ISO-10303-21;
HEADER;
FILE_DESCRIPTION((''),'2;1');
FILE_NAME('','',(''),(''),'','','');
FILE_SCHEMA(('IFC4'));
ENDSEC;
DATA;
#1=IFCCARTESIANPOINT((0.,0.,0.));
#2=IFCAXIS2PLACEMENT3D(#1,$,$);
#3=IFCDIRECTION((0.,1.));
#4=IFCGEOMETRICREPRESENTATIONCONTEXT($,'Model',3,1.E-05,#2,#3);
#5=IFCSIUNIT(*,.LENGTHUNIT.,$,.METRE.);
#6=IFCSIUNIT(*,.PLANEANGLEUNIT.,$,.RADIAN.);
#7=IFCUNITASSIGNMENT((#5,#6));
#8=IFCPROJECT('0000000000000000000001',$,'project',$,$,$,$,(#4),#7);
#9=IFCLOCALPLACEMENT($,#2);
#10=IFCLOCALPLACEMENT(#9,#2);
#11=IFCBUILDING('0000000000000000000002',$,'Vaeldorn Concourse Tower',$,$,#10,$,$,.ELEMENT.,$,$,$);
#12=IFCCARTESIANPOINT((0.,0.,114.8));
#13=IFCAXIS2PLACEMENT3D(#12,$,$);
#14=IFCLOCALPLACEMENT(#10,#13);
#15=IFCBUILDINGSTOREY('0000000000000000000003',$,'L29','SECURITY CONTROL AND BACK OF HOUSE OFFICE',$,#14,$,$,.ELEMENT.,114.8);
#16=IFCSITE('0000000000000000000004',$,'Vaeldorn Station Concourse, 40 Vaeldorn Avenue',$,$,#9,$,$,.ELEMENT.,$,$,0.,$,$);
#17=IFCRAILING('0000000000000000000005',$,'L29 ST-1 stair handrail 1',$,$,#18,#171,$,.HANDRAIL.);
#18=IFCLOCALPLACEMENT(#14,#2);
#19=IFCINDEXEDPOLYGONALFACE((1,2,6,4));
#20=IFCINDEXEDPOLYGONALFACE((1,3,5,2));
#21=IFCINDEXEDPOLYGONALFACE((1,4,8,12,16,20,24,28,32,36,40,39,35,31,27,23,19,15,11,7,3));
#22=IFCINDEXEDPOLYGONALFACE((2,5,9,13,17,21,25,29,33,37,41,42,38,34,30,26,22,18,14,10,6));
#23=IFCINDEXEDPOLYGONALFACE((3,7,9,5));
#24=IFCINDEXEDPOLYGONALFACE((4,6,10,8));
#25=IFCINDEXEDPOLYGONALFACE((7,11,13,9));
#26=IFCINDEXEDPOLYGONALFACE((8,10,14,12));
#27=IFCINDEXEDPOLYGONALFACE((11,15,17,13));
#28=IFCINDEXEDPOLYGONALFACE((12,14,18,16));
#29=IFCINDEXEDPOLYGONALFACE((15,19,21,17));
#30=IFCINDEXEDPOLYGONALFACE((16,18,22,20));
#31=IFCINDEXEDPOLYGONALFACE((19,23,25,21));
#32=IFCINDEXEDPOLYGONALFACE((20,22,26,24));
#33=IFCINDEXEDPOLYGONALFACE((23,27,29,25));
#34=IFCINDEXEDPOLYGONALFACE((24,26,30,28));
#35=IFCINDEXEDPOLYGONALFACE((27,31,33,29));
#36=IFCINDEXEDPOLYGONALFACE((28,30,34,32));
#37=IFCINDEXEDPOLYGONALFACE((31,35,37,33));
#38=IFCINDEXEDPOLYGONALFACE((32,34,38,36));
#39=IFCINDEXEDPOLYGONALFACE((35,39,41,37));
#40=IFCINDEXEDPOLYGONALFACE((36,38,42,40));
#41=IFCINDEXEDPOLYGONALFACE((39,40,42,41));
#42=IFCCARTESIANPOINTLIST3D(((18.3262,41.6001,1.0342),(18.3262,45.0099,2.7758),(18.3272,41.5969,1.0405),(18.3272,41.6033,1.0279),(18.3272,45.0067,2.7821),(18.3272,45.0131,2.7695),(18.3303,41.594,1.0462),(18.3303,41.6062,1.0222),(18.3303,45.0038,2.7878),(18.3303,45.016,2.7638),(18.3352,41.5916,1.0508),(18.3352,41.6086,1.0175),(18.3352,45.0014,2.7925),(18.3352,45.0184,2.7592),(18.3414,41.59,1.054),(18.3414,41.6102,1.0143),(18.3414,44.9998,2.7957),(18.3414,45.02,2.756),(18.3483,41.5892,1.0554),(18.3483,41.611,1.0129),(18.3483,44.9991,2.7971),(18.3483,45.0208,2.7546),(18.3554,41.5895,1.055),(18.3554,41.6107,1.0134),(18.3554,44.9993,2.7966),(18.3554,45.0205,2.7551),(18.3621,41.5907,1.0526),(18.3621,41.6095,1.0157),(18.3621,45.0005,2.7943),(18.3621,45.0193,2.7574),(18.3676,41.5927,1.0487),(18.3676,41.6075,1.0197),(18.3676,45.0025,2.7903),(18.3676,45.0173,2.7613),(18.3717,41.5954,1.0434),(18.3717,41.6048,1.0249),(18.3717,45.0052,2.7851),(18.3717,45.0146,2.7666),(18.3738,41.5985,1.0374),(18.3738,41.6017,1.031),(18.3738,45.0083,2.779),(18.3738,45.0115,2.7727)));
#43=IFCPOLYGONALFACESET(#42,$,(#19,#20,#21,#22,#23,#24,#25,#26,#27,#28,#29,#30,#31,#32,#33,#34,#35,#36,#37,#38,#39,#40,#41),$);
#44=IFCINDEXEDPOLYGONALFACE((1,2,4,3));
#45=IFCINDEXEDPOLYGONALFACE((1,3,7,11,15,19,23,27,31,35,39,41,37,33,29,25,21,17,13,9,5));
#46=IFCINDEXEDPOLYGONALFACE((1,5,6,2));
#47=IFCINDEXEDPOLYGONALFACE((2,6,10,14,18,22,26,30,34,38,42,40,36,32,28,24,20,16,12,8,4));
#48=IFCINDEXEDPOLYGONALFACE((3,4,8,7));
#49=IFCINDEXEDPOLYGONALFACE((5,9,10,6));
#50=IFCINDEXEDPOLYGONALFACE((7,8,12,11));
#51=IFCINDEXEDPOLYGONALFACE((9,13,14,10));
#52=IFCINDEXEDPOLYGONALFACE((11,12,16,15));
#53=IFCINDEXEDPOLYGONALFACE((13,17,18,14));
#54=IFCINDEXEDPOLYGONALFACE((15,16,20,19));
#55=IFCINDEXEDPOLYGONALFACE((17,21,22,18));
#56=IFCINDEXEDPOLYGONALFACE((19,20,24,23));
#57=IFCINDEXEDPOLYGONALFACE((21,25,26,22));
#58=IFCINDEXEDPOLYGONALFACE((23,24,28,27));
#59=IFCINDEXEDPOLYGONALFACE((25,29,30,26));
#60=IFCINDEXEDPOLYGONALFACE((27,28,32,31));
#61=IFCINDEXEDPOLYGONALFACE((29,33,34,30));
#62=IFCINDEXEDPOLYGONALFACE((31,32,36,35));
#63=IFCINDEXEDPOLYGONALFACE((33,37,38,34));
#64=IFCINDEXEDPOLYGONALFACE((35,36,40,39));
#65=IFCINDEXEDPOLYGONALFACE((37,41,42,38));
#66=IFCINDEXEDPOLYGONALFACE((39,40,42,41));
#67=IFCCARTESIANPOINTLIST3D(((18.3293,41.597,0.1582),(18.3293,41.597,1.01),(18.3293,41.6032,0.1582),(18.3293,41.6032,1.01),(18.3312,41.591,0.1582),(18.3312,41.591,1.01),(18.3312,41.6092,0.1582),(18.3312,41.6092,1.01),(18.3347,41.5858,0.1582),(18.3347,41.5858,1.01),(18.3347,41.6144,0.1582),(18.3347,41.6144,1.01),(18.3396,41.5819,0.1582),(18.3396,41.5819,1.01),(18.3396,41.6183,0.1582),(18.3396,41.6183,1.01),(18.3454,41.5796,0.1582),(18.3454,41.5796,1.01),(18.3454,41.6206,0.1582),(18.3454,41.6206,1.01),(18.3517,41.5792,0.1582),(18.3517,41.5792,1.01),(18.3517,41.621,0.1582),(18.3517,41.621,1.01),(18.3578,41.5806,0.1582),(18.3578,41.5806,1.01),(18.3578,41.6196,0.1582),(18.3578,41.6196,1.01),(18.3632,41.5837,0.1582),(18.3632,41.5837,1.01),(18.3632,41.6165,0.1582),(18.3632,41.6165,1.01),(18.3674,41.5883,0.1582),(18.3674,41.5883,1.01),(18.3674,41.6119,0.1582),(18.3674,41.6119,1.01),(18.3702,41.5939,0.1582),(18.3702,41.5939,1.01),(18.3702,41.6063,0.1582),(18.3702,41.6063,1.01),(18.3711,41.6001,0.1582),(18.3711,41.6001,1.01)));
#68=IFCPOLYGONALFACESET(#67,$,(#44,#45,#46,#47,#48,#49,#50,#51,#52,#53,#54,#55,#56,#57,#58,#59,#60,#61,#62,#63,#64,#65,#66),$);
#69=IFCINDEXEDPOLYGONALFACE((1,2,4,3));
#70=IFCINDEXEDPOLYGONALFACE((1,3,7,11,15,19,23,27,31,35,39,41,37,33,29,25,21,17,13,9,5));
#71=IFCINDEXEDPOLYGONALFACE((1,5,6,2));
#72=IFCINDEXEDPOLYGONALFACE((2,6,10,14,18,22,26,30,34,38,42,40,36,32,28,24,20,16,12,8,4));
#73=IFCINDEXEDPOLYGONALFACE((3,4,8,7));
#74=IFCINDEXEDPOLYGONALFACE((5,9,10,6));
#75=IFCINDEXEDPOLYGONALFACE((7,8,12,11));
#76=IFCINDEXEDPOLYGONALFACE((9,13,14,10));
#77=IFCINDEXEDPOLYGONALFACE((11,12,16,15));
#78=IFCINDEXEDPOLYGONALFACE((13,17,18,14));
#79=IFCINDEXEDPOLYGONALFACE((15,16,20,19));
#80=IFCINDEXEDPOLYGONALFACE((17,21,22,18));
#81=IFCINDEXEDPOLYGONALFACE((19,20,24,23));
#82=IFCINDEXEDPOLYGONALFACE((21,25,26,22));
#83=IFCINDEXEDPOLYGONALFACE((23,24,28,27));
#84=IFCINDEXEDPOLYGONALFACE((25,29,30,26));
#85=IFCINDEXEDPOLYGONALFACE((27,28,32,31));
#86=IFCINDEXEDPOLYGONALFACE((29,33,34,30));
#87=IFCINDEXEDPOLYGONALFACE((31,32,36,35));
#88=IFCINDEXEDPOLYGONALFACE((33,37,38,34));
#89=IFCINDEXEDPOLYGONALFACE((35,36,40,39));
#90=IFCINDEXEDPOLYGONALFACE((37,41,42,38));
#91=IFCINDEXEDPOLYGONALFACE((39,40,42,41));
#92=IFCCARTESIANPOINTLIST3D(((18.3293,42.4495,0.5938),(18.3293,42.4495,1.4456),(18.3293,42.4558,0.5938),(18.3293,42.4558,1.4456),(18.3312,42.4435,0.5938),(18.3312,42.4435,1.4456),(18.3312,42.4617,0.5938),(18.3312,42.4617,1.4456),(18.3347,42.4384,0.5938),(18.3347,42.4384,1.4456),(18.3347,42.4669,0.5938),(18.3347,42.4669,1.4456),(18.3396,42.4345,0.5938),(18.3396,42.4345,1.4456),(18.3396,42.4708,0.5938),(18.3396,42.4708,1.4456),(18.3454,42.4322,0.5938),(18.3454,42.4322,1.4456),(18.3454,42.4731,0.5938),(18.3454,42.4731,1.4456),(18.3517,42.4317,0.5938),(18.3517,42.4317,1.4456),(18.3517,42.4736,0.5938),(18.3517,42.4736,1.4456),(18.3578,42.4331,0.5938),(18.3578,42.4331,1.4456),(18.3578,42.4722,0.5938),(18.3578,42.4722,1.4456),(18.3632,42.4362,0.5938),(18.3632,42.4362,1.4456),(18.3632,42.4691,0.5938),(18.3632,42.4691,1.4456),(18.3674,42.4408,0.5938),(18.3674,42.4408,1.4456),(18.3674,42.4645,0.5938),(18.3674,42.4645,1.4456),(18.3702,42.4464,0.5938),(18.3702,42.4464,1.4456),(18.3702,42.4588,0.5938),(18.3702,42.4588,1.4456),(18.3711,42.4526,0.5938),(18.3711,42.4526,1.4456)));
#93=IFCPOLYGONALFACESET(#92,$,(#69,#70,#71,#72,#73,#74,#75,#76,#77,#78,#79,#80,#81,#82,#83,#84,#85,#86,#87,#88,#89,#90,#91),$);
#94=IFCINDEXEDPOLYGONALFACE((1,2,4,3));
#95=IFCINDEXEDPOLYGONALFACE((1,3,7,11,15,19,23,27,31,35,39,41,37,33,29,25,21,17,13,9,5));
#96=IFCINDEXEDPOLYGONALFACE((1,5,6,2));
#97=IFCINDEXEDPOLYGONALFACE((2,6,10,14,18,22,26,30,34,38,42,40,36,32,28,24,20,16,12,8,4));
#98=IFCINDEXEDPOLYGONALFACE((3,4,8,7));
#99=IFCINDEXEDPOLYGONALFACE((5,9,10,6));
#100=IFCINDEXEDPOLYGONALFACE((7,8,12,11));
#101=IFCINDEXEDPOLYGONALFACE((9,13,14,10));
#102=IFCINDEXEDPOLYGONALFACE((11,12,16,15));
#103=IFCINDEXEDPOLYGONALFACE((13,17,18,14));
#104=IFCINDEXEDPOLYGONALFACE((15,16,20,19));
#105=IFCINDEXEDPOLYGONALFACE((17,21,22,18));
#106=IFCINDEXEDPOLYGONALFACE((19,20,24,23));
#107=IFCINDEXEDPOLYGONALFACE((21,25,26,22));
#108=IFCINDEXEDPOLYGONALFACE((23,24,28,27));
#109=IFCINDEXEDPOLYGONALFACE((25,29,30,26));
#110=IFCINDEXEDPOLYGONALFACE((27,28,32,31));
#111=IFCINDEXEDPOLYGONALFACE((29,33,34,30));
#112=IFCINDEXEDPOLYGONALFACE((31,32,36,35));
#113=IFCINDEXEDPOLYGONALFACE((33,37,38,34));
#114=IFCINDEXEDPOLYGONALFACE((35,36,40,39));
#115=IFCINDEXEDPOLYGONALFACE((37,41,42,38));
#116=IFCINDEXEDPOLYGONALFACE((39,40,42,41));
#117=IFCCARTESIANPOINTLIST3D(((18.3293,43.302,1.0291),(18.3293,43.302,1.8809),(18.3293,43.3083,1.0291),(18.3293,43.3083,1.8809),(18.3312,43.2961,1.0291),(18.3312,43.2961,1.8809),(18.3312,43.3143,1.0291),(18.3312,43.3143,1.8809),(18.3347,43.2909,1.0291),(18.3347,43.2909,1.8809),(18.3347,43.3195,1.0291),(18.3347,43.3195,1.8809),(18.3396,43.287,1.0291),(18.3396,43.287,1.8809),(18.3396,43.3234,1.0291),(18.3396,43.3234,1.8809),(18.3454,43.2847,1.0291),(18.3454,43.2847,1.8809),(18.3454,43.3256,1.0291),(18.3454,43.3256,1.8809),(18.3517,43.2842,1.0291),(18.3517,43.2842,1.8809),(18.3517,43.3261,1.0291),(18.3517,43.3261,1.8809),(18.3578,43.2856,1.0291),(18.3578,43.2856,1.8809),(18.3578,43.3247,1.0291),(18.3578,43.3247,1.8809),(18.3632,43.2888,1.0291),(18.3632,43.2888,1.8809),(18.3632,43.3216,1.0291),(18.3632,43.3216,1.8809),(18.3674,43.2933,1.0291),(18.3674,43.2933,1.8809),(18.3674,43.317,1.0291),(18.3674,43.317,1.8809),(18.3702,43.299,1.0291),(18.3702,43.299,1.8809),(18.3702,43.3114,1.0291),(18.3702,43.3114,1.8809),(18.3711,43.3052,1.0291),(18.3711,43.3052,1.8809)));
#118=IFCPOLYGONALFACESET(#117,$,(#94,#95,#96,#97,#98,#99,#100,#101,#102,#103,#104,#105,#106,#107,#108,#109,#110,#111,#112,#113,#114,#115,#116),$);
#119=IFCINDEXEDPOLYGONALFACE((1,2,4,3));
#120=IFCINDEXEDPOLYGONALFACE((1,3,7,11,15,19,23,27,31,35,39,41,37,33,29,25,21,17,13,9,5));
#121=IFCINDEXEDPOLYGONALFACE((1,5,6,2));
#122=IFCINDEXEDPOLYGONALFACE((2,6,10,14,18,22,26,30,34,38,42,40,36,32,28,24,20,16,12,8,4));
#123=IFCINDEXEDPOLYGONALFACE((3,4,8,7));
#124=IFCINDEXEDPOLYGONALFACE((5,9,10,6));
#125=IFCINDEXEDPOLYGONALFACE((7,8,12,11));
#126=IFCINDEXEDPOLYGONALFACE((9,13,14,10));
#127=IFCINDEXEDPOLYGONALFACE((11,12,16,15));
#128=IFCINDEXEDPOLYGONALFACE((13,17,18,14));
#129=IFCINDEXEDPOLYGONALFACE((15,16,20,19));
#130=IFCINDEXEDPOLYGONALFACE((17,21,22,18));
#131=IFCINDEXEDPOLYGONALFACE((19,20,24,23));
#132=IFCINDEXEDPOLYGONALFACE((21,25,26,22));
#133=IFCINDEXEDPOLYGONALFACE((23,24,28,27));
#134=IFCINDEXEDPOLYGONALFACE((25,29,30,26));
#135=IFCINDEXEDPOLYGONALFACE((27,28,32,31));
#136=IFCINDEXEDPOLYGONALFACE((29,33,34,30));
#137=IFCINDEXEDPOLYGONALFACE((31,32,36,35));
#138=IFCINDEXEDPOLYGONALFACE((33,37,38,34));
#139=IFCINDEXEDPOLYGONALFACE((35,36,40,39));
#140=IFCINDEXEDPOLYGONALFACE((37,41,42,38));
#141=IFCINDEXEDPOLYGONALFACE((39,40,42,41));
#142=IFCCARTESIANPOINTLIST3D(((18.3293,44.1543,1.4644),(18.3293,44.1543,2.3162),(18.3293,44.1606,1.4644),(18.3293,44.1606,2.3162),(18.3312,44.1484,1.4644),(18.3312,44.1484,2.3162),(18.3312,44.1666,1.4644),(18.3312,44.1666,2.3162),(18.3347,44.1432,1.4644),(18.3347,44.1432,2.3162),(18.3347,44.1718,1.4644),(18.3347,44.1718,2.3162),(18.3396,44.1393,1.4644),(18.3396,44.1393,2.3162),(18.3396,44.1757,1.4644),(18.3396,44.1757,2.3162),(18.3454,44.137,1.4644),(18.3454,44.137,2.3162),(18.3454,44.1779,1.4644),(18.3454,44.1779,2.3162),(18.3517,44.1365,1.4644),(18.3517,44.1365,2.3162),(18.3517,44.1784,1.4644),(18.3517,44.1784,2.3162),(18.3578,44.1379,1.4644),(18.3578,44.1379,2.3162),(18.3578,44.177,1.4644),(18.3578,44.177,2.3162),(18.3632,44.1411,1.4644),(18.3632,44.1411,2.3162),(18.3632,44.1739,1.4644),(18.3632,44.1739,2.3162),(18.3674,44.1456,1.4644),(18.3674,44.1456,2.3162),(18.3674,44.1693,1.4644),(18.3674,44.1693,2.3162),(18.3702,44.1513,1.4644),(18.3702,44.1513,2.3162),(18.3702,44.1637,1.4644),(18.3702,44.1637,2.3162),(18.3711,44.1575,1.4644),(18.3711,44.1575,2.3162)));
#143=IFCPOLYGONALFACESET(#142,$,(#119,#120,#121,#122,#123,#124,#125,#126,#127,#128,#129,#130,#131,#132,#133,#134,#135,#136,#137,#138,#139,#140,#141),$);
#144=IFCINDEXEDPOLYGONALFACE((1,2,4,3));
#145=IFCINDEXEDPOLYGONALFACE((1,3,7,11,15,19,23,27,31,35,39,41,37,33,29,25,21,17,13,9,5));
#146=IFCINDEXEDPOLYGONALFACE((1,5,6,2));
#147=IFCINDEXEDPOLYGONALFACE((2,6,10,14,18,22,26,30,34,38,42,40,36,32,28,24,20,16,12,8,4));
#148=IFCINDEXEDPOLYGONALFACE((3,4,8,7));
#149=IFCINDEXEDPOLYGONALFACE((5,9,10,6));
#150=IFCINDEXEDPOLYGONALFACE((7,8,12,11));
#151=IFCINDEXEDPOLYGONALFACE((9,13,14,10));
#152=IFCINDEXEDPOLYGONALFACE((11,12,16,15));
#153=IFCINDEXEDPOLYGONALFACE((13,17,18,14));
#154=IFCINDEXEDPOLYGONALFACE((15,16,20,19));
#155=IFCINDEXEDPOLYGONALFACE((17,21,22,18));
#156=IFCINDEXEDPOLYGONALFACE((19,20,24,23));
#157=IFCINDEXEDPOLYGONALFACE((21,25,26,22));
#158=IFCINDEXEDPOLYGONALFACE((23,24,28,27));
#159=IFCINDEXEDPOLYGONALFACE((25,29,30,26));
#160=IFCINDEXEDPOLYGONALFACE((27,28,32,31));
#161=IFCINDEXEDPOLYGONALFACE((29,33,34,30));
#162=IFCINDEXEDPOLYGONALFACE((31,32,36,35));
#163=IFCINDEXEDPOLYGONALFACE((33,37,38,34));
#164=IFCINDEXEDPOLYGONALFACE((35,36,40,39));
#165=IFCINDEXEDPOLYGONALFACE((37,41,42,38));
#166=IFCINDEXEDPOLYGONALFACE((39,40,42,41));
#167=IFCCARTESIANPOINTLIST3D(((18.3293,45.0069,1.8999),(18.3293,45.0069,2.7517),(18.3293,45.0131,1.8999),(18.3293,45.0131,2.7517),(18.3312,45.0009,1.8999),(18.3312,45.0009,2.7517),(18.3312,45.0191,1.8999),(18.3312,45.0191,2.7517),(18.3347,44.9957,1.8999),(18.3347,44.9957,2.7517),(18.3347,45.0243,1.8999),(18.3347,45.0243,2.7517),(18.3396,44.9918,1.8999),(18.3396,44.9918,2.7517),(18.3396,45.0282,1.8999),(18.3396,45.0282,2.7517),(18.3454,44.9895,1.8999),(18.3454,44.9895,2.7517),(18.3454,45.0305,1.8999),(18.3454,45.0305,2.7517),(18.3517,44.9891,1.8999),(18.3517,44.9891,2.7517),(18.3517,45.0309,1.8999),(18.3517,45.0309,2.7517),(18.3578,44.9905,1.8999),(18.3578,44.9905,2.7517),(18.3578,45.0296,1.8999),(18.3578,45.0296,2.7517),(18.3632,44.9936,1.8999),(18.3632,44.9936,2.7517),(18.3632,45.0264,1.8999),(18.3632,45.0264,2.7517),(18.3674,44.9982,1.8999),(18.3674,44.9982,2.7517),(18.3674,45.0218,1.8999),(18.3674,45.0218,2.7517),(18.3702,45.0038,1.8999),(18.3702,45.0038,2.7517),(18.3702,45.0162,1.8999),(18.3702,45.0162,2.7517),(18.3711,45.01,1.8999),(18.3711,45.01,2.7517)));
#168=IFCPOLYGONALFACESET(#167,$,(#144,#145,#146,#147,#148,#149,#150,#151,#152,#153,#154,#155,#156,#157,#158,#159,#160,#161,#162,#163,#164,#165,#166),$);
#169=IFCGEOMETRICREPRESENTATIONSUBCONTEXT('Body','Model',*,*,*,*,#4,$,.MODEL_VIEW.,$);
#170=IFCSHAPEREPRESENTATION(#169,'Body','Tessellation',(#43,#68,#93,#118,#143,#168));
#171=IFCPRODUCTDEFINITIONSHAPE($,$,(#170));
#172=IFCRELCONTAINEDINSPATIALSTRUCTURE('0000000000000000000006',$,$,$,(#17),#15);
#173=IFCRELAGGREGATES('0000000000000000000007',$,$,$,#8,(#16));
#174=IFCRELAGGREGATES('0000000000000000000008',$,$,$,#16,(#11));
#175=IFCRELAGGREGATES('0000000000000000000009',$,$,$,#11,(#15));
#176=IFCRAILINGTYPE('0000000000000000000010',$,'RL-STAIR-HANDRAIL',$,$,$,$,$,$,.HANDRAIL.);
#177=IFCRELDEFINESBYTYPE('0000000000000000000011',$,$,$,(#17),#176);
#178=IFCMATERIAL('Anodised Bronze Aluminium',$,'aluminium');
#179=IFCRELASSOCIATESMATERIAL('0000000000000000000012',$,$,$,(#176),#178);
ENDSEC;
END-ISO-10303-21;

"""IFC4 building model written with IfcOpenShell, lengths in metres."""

from ifc_helpers import new_model, si_unit, direction, frame, origin, origin_2d, place, context, subcontext, project, spatial, circle, extrude, material, type_object, element, save


model = new_model("IFC4")

# Units and contexts
model_context = context("Model", 3, precision=1e-05, world=origin(), true_north=direction((0.0, 1.0)))
body_context = subcontext(model_context, "Body", "Model", "MODEL_VIEW")
ifc_project = project(units=[si_unit("LENGTHUNIT", "METRE"), si_unit("PLANEANGLEUNIT", "RADIAN")], contexts=[model_context])

# Site, building, storey
site_placement = place(None, origin())
site = spatial("IfcSite", under=ifc_project, at=site_placement, Name="Vaeldorn Station Concourse, 40 Vaeldorn Avenue", CompositionType="ELEMENT", RefElevation=0.0)
building_placement = place(site_placement, origin())
building = spatial("IfcBuilding", under=site, at=building_placement, Name="Vaeldorn Concourse Tower", CompositionType="ELEMENT")
storey_placement = place(building_placement, frame((0.0, 0.0, 114.8)))
storey = spatial("IfcBuildingStorey", under=building, at=storey_placement, Name="L29", Description="SECURITY CONTROL AND BACK OF HOUSE OFFICE", CompositionType="ELEMENT", Elevation=114.8)

# Shared definitions
ifc_material_1 = material(Name="Anodised Bronze Aluminium", Category="aluminium")

# Railing
railing_type_1 = type_object("IfcRailingType", Name="RL-STAIR-HANDRAIL", PredefinedType="HANDRAIL", material=ifc_material_1)
railing_1_placement = place(storey_placement, frame((18.3501, 41.6001, 0.1582)))
element("IfcRailing", 1, at=railing_1_placement, inside=storey, type_object=railing_type_1, Name="L29 ST-1 stair handrail 1", PredefinedType="HANDRAIL", context=body_context, shape_type="SweptSolid", body=[
    extrude(circle(Radius=0.0239, at=origin_2d()), frame((0.0, 0.0, 0.876), z_axis=(0.0, 0.890556, 0.454874), x_axis=(-1.0, 0.0, 0.0)), (0.0, 0.0, 1.0), 3.8289),
    extrude(circle(Radius=0.021, at=origin_2d()), origin(), (0.0, 0.0, 1.0), 0.8518),
    extrude(circle(Radius=0.021, at=origin_2d()), frame((0.0, 0.8525, 0.4355)), (0.0, 0.0, 1.0), 0.8518),
    extrude(circle(Radius=0.021, at=origin_2d()), frame((0.0, 1.7051, 0.8708)), (0.0, 0.0, 1.0), 0.8518),
    extrude(circle(Radius=0.021, at=origin_2d()), frame((0.0, 2.5574, 1.3062)), (0.0, 0.0, 1.0), 0.8518),
    extrude(circle(Radius=0.021, at=origin_2d()), frame((0.0, 3.4099, 1.7417)), (0.0, 0.0, 1.0), 0.8518),
])

save(model, "model.ifc")
